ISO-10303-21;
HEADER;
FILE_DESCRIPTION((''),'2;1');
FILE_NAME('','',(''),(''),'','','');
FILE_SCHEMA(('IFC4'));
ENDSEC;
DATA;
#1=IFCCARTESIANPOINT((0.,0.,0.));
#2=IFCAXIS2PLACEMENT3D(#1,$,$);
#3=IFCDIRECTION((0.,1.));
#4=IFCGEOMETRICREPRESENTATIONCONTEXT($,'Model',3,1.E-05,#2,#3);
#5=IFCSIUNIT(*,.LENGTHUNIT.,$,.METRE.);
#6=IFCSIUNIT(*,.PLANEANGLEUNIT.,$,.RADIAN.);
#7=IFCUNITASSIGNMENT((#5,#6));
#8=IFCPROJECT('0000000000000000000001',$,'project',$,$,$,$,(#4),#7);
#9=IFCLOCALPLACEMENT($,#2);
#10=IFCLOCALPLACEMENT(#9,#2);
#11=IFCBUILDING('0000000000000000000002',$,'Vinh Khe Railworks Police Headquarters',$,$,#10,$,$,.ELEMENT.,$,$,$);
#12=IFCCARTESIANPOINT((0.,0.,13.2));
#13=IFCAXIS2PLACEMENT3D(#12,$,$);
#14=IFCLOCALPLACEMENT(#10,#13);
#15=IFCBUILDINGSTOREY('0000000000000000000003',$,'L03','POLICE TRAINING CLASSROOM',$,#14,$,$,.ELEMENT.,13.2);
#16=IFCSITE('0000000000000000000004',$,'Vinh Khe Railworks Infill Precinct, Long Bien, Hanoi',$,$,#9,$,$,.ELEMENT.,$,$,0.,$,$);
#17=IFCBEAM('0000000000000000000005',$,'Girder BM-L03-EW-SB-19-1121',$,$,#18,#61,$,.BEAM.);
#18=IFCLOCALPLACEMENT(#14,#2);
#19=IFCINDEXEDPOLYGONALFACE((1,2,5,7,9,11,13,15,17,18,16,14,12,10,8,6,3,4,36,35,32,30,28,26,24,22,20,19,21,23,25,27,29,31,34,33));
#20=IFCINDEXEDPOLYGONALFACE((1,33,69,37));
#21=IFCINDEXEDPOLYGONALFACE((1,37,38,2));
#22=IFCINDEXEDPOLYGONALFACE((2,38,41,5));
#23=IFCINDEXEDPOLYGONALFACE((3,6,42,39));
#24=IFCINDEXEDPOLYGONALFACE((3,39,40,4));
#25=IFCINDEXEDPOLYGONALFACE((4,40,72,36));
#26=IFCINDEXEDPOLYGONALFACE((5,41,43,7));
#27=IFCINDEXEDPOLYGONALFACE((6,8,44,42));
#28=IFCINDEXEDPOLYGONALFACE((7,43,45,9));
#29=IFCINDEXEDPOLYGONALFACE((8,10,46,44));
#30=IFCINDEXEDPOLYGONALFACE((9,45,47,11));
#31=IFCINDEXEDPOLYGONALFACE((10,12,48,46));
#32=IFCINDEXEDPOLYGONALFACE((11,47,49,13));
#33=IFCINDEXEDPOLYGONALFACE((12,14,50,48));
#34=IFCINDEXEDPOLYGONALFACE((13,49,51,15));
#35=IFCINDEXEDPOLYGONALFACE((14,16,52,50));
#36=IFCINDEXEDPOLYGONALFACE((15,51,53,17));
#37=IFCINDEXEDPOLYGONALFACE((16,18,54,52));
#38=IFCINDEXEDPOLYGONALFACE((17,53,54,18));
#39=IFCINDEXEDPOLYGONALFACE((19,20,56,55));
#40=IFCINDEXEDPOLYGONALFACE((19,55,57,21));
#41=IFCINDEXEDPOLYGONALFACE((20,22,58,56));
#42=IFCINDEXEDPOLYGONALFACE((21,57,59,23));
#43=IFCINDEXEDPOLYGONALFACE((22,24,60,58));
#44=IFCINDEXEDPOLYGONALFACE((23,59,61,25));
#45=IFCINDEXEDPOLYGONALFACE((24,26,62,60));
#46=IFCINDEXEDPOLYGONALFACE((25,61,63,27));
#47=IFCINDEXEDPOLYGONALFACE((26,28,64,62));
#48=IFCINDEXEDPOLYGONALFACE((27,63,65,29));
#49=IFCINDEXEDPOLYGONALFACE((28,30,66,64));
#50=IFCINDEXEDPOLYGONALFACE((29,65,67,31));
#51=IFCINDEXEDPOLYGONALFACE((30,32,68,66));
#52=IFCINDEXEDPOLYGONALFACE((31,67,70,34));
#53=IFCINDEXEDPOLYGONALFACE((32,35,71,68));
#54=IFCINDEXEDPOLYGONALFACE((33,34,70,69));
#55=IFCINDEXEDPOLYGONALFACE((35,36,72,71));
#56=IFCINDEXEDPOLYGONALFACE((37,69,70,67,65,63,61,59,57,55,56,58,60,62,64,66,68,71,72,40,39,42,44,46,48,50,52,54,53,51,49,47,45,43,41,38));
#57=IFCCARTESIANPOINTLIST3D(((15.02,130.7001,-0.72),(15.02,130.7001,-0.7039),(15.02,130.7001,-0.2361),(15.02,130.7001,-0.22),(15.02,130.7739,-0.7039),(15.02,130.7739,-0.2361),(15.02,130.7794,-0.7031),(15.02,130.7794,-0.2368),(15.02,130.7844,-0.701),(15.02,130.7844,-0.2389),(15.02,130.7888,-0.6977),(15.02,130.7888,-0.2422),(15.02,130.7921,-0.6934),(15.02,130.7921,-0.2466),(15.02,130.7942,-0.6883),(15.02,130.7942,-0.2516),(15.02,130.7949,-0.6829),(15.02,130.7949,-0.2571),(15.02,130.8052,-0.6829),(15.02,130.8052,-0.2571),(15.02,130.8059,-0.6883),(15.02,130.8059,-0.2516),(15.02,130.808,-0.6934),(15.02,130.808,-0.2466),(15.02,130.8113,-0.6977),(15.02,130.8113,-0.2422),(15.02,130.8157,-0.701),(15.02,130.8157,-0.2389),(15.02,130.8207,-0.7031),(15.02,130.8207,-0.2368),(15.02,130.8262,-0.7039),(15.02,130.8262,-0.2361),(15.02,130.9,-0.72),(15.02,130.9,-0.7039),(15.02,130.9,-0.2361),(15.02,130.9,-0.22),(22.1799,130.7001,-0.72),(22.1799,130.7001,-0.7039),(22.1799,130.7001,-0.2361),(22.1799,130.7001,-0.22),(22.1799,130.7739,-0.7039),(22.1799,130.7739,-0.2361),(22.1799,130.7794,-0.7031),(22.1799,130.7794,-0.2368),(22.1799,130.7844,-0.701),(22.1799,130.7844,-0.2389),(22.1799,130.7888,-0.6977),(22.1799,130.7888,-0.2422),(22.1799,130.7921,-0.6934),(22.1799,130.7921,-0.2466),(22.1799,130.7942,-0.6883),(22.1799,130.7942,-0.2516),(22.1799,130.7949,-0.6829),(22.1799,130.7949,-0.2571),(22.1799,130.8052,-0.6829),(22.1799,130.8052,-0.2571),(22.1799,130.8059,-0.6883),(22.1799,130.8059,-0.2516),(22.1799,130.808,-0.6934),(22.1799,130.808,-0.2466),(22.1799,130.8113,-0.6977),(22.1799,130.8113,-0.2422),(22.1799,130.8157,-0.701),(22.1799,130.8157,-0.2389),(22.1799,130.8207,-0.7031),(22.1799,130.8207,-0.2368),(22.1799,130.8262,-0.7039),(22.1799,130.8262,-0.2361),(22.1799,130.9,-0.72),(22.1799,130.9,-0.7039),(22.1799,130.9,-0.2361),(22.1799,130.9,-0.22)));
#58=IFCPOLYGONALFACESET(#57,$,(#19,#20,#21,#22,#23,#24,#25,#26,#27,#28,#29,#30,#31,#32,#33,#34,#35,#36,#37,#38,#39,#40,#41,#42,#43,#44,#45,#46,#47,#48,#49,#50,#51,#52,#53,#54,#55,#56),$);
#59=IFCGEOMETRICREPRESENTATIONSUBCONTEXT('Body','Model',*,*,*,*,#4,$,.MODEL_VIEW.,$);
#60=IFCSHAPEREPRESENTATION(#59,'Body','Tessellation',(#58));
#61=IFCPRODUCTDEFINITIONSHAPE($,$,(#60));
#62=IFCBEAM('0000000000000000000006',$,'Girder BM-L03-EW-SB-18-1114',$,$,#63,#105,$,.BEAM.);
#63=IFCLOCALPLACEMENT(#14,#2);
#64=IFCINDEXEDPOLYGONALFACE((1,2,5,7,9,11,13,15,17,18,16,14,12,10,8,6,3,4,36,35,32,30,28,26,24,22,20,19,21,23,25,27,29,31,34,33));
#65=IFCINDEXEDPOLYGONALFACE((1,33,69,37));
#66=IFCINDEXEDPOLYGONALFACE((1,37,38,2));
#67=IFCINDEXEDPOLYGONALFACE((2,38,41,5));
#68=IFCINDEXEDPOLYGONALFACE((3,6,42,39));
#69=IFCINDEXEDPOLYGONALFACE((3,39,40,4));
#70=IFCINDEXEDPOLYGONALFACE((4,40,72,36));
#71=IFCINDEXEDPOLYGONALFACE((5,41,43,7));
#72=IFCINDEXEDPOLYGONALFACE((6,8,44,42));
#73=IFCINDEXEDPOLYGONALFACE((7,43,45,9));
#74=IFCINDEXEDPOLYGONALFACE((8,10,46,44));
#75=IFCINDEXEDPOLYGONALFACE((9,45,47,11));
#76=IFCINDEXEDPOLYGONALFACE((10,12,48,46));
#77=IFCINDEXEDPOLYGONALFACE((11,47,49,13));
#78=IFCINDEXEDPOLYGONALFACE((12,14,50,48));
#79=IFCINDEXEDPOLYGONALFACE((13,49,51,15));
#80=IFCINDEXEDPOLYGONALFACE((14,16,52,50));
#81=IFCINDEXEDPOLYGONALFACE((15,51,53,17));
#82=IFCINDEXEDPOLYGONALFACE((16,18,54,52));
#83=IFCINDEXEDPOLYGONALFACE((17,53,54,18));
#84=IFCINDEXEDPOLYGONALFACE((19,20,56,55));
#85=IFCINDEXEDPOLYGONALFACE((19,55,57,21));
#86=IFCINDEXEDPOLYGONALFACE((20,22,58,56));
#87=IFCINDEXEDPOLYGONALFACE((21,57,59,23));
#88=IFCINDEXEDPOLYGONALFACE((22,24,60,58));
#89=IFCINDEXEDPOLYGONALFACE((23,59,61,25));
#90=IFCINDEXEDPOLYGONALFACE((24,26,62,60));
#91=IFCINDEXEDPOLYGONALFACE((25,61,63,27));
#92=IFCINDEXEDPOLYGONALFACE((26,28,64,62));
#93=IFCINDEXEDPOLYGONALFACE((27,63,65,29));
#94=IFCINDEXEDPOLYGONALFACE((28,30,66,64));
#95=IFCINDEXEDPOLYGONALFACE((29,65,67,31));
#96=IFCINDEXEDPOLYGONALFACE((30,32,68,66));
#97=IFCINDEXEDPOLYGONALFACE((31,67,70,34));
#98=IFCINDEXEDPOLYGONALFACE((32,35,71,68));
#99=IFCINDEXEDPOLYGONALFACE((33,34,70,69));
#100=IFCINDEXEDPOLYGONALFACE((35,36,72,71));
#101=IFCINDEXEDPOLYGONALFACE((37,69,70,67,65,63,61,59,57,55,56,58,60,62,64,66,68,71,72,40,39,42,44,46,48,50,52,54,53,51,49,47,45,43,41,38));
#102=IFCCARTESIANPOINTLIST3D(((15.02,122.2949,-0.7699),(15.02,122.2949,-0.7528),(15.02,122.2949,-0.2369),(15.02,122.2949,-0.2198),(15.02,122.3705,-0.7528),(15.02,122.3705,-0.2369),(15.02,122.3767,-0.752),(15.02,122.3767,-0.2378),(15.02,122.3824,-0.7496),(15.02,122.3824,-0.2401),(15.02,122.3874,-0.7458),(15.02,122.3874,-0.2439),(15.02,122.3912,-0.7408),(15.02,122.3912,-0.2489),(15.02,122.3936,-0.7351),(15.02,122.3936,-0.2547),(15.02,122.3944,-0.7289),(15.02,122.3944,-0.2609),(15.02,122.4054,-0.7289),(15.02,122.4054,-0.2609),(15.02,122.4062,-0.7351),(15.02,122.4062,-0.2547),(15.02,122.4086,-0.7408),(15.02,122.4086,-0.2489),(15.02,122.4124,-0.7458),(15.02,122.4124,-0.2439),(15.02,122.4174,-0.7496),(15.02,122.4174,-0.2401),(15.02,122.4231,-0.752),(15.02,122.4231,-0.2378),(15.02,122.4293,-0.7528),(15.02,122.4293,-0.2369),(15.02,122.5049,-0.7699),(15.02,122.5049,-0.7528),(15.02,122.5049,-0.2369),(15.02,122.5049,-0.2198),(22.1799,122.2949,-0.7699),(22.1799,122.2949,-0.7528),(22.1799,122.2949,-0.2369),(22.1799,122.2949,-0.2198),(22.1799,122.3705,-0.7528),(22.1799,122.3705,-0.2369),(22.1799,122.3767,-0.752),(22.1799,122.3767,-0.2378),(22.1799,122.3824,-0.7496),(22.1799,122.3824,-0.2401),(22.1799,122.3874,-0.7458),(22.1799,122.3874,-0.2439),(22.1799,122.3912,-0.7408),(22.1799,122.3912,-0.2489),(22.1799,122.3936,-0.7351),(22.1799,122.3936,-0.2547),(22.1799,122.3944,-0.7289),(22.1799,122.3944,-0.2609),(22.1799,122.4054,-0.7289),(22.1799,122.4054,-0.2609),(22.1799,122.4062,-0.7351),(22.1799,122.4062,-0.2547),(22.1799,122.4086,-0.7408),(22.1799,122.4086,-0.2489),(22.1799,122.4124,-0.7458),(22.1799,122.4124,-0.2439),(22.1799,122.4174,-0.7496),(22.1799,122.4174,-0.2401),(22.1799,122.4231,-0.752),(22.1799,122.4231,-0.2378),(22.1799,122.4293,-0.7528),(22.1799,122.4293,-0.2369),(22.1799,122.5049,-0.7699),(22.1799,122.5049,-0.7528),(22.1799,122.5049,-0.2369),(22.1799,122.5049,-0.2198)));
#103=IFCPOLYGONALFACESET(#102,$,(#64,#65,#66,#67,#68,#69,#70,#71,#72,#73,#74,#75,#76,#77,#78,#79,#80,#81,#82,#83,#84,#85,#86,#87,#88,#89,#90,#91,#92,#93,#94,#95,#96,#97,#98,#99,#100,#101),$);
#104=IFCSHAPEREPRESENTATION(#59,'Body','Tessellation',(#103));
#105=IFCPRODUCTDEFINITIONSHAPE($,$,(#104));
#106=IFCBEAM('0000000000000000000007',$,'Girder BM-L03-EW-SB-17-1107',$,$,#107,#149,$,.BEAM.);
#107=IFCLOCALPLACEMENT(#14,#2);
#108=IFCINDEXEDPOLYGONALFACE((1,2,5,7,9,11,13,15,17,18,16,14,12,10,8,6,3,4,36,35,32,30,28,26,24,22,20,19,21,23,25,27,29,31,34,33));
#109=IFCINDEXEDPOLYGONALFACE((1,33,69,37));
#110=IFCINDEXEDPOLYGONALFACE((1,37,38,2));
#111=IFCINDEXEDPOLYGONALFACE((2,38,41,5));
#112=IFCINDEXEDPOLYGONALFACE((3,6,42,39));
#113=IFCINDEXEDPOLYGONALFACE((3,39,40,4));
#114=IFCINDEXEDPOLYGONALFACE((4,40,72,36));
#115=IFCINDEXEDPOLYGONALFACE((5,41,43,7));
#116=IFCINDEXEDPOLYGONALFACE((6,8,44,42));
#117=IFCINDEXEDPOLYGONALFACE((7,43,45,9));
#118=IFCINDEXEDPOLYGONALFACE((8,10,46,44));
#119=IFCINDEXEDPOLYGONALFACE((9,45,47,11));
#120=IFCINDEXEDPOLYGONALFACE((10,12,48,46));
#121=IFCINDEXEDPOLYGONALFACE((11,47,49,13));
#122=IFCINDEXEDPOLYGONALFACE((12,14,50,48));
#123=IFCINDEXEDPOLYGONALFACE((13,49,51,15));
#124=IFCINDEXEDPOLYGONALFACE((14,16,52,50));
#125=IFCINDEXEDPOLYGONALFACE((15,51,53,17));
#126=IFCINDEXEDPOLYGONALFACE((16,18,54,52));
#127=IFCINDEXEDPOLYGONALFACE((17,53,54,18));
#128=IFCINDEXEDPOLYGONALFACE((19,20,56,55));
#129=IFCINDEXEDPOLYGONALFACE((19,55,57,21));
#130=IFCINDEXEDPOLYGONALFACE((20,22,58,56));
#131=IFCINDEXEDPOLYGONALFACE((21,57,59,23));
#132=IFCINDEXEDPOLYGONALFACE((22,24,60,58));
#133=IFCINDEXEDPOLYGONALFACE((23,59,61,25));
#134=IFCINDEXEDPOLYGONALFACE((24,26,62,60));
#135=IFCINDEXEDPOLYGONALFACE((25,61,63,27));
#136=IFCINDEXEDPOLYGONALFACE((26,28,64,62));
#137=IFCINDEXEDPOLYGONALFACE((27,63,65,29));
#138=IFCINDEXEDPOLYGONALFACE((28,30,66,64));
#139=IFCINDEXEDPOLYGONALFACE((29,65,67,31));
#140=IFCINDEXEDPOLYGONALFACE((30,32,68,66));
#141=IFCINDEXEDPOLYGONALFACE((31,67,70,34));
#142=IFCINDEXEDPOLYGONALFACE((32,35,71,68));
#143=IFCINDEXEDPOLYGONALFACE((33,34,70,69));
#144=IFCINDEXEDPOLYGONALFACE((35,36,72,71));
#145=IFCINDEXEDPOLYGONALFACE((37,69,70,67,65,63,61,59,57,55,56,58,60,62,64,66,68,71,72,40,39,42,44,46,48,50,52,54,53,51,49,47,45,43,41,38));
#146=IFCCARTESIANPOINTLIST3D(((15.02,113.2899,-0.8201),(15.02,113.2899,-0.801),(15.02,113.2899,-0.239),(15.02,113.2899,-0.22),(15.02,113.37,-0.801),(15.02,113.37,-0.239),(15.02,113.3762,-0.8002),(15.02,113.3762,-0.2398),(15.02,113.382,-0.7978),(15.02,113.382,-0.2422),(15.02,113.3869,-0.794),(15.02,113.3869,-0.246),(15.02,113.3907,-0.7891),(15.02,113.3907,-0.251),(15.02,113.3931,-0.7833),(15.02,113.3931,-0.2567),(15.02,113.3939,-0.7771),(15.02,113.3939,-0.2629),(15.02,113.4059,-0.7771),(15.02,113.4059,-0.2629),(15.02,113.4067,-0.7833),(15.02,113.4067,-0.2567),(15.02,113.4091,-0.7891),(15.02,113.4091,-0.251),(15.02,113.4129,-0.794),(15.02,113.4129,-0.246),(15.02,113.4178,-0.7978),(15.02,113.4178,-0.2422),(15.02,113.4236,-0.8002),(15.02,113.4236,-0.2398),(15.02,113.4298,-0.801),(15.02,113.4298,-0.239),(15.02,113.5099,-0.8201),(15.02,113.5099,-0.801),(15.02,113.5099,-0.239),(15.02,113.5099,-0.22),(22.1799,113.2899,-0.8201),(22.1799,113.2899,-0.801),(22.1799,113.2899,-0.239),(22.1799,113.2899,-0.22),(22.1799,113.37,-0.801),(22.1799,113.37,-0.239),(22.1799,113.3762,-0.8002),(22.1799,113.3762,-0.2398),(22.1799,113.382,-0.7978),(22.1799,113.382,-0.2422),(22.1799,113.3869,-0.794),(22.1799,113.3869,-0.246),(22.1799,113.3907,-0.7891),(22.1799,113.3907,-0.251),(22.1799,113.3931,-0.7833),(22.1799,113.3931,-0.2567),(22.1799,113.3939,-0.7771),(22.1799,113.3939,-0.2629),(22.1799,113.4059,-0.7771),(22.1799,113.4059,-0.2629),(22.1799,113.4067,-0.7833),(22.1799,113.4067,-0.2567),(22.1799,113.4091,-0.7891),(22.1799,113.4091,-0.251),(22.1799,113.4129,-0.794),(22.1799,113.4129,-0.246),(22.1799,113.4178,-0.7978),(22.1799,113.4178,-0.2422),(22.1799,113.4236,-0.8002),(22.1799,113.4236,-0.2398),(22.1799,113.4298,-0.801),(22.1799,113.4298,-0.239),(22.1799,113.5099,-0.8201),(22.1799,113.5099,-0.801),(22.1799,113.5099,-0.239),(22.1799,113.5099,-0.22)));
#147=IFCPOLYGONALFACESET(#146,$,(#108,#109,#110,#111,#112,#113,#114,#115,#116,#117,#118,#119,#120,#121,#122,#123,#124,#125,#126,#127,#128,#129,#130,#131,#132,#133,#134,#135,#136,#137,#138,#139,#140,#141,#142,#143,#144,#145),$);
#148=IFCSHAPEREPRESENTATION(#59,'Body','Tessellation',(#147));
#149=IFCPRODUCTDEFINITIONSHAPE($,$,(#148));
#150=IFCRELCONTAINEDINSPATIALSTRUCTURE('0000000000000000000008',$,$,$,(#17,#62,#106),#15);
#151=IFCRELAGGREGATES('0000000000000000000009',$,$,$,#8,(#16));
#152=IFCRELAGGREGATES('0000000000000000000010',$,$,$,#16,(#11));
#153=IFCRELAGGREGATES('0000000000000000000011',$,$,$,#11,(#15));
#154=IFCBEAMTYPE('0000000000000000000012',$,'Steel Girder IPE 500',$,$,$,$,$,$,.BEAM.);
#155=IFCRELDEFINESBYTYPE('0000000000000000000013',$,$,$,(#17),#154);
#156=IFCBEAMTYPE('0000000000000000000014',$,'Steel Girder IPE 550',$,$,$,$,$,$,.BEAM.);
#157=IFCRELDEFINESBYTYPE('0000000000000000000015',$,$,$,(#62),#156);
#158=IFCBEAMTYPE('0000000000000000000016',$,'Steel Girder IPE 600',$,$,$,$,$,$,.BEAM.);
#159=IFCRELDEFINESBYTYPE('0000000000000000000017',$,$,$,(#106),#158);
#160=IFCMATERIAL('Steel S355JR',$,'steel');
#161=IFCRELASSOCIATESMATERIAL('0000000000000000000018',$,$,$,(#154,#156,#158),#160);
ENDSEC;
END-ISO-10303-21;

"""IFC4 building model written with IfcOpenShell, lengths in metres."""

from ifc_helpers import new_model, si_unit, direction, frame, origin, origin_2d, place, context, subcontext, project, spatial, i_section, extrude, material, material_profile, profile_set, type_object, element, save


model = new_model("IFC4")

# Units and contexts
model_context = context("Model", 3, precision=1e-05, world=origin(), true_north=direction((0.0, 1.0)))
body_context = subcontext(model_context, "Body", "Model", "MODEL_VIEW")
ifc_project = project(units=[si_unit("LENGTHUNIT", "METRE"), si_unit("PLANEANGLEUNIT", "RADIAN")], contexts=[model_context])

# Site, building, storey
site_placement = place(None, origin())
site = spatial("IfcSite", under=ifc_project, at=site_placement, Name="Vinh Khe Railworks Infill Precinct, Long Bien, Hanoi", CompositionType="ELEMENT", RefElevation=0.0)
building_placement = place(site_placement, origin())
building = spatial("IfcBuilding", under=site, at=building_placement, Name="Vinh Khe Railworks Police Headquarters", CompositionType="ELEMENT")
storey_placement = place(building_placement, frame((0.0, 0.0, 13.2)))
storey = spatial("IfcBuildingStorey", under=building, at=storey_placement, Name="L03", Description="POLICE TRAINING CLASSROOM", CompositionType="ELEMENT", Elevation=13.2)

# Shared definitions
ifc_material_1 = material(Name="Steel S355JR", Category="steel")

# Beams
ifc_material_profile_1 = material_profile(ifc_material_1, i_section(OverallWidth=0.2, OverallDepth=0.5, WebThickness=0.0103, FlangeThickness=0.0161, FilletRadius=0.021, at=origin_2d()), Name="IPE 500")
ifc_profile_set_1 = profile_set([ifc_material_profile_1], Name="Steel S355JR")
beam_type_1 = type_object("IfcBeamType", Name="Steel Girder IPE 500", PredefinedType="BEAM", material=ifc_profile_set_1)
beam_1_placement = place(storey_placement, frame((15.02, 130.8, -0.47), z_axis=(1.0, 0.0, 0.0), x_axis=(0.0, 1.0, 0.0)))
element("IfcBeam", 1, at=beam_1_placement, inside=storey, type_object=beam_type_1, Name="Girder BM-L03-EW-SB-19-1121", PredefinedType="BEAM", context=body_context, shape_type="SweptSolid", body=[
    extrude(i_section(OverallWidth=0.2, OverallDepth=0.5, WebThickness=0.0103, FlangeThickness=0.0161, FilletRadius=0.021, at=origin_2d()), origin(), (0.0, 0.0, 1.0), 7.1599),
])
ifc_material_profile_2 = material_profile(ifc_material_1, i_section(OverallWidth=0.21, OverallDepth=0.55, WebThickness=0.011, FlangeThickness=0.0171, FilletRadius=0.0239, at=origin_2d()), Name="IPE 550")
ifc_profile_set_2 = profile_set([ifc_material_profile_2], Name="Steel S355JR")
beam_type_2 = type_object("IfcBeamType", Name="Steel Girder IPE 550", PredefinedType="BEAM", material=ifc_profile_set_2)
beam_2_placement = place(storey_placement, frame((15.02, 122.3999, -0.4949), z_axis=(1.0, 0.0, 0.0), x_axis=(0.0, 1.0, 0.0)))
element("IfcBeam", 2, at=beam_2_placement, inside=storey, type_object=beam_type_2, Name="Girder BM-L03-EW-SB-18-1114", PredefinedType="BEAM", context=body_context, shape_type="SweptSolid", body=[
    extrude(i_section(OverallWidth=0.21, OverallDepth=0.55, WebThickness=0.011, FlangeThickness=0.0171, FilletRadius=0.0239, at=origin_2d()), origin(), (0.0, 0.0, 1.0), 7.1599),
])
ifc_material_profile_3 = material_profile(ifc_material_1, i_section(OverallWidth=0.22, OverallDepth=0.6001, WebThickness=0.012, FlangeThickness=0.019, FilletRadius=0.0239, at=origin_2d()), Name="IPE 600")
ifc_profile_set_3 = profile_set([ifc_material_profile_3], Name="Steel S355JR")
beam_type_3 = type_object("IfcBeamType", Name="Steel Girder IPE 600", PredefinedType="BEAM", material=ifc_profile_set_3)
beam_3_placement = place(storey_placement, frame((15.02, 113.3999, -0.52), z_axis=(1.0, 0.0, 0.0), x_axis=(0.0, 1.0, 0.0)))
element("IfcBeam", 3, at=beam_3_placement, inside=storey, type_object=beam_type_3, Name="Girder BM-L03-EW-SB-17-1107", PredefinedType="BEAM", context=body_context, shape_type="SweptSolid", body=[
    extrude(i_section(OverallWidth=0.22, OverallDepth=0.6001, WebThickness=0.012, FlangeThickness=0.019, FilletRadius=0.0239, at=origin_2d()), origin(), (0.0, 0.0, 1.0), 7.1599),
])

save(model, "model.ifc")
